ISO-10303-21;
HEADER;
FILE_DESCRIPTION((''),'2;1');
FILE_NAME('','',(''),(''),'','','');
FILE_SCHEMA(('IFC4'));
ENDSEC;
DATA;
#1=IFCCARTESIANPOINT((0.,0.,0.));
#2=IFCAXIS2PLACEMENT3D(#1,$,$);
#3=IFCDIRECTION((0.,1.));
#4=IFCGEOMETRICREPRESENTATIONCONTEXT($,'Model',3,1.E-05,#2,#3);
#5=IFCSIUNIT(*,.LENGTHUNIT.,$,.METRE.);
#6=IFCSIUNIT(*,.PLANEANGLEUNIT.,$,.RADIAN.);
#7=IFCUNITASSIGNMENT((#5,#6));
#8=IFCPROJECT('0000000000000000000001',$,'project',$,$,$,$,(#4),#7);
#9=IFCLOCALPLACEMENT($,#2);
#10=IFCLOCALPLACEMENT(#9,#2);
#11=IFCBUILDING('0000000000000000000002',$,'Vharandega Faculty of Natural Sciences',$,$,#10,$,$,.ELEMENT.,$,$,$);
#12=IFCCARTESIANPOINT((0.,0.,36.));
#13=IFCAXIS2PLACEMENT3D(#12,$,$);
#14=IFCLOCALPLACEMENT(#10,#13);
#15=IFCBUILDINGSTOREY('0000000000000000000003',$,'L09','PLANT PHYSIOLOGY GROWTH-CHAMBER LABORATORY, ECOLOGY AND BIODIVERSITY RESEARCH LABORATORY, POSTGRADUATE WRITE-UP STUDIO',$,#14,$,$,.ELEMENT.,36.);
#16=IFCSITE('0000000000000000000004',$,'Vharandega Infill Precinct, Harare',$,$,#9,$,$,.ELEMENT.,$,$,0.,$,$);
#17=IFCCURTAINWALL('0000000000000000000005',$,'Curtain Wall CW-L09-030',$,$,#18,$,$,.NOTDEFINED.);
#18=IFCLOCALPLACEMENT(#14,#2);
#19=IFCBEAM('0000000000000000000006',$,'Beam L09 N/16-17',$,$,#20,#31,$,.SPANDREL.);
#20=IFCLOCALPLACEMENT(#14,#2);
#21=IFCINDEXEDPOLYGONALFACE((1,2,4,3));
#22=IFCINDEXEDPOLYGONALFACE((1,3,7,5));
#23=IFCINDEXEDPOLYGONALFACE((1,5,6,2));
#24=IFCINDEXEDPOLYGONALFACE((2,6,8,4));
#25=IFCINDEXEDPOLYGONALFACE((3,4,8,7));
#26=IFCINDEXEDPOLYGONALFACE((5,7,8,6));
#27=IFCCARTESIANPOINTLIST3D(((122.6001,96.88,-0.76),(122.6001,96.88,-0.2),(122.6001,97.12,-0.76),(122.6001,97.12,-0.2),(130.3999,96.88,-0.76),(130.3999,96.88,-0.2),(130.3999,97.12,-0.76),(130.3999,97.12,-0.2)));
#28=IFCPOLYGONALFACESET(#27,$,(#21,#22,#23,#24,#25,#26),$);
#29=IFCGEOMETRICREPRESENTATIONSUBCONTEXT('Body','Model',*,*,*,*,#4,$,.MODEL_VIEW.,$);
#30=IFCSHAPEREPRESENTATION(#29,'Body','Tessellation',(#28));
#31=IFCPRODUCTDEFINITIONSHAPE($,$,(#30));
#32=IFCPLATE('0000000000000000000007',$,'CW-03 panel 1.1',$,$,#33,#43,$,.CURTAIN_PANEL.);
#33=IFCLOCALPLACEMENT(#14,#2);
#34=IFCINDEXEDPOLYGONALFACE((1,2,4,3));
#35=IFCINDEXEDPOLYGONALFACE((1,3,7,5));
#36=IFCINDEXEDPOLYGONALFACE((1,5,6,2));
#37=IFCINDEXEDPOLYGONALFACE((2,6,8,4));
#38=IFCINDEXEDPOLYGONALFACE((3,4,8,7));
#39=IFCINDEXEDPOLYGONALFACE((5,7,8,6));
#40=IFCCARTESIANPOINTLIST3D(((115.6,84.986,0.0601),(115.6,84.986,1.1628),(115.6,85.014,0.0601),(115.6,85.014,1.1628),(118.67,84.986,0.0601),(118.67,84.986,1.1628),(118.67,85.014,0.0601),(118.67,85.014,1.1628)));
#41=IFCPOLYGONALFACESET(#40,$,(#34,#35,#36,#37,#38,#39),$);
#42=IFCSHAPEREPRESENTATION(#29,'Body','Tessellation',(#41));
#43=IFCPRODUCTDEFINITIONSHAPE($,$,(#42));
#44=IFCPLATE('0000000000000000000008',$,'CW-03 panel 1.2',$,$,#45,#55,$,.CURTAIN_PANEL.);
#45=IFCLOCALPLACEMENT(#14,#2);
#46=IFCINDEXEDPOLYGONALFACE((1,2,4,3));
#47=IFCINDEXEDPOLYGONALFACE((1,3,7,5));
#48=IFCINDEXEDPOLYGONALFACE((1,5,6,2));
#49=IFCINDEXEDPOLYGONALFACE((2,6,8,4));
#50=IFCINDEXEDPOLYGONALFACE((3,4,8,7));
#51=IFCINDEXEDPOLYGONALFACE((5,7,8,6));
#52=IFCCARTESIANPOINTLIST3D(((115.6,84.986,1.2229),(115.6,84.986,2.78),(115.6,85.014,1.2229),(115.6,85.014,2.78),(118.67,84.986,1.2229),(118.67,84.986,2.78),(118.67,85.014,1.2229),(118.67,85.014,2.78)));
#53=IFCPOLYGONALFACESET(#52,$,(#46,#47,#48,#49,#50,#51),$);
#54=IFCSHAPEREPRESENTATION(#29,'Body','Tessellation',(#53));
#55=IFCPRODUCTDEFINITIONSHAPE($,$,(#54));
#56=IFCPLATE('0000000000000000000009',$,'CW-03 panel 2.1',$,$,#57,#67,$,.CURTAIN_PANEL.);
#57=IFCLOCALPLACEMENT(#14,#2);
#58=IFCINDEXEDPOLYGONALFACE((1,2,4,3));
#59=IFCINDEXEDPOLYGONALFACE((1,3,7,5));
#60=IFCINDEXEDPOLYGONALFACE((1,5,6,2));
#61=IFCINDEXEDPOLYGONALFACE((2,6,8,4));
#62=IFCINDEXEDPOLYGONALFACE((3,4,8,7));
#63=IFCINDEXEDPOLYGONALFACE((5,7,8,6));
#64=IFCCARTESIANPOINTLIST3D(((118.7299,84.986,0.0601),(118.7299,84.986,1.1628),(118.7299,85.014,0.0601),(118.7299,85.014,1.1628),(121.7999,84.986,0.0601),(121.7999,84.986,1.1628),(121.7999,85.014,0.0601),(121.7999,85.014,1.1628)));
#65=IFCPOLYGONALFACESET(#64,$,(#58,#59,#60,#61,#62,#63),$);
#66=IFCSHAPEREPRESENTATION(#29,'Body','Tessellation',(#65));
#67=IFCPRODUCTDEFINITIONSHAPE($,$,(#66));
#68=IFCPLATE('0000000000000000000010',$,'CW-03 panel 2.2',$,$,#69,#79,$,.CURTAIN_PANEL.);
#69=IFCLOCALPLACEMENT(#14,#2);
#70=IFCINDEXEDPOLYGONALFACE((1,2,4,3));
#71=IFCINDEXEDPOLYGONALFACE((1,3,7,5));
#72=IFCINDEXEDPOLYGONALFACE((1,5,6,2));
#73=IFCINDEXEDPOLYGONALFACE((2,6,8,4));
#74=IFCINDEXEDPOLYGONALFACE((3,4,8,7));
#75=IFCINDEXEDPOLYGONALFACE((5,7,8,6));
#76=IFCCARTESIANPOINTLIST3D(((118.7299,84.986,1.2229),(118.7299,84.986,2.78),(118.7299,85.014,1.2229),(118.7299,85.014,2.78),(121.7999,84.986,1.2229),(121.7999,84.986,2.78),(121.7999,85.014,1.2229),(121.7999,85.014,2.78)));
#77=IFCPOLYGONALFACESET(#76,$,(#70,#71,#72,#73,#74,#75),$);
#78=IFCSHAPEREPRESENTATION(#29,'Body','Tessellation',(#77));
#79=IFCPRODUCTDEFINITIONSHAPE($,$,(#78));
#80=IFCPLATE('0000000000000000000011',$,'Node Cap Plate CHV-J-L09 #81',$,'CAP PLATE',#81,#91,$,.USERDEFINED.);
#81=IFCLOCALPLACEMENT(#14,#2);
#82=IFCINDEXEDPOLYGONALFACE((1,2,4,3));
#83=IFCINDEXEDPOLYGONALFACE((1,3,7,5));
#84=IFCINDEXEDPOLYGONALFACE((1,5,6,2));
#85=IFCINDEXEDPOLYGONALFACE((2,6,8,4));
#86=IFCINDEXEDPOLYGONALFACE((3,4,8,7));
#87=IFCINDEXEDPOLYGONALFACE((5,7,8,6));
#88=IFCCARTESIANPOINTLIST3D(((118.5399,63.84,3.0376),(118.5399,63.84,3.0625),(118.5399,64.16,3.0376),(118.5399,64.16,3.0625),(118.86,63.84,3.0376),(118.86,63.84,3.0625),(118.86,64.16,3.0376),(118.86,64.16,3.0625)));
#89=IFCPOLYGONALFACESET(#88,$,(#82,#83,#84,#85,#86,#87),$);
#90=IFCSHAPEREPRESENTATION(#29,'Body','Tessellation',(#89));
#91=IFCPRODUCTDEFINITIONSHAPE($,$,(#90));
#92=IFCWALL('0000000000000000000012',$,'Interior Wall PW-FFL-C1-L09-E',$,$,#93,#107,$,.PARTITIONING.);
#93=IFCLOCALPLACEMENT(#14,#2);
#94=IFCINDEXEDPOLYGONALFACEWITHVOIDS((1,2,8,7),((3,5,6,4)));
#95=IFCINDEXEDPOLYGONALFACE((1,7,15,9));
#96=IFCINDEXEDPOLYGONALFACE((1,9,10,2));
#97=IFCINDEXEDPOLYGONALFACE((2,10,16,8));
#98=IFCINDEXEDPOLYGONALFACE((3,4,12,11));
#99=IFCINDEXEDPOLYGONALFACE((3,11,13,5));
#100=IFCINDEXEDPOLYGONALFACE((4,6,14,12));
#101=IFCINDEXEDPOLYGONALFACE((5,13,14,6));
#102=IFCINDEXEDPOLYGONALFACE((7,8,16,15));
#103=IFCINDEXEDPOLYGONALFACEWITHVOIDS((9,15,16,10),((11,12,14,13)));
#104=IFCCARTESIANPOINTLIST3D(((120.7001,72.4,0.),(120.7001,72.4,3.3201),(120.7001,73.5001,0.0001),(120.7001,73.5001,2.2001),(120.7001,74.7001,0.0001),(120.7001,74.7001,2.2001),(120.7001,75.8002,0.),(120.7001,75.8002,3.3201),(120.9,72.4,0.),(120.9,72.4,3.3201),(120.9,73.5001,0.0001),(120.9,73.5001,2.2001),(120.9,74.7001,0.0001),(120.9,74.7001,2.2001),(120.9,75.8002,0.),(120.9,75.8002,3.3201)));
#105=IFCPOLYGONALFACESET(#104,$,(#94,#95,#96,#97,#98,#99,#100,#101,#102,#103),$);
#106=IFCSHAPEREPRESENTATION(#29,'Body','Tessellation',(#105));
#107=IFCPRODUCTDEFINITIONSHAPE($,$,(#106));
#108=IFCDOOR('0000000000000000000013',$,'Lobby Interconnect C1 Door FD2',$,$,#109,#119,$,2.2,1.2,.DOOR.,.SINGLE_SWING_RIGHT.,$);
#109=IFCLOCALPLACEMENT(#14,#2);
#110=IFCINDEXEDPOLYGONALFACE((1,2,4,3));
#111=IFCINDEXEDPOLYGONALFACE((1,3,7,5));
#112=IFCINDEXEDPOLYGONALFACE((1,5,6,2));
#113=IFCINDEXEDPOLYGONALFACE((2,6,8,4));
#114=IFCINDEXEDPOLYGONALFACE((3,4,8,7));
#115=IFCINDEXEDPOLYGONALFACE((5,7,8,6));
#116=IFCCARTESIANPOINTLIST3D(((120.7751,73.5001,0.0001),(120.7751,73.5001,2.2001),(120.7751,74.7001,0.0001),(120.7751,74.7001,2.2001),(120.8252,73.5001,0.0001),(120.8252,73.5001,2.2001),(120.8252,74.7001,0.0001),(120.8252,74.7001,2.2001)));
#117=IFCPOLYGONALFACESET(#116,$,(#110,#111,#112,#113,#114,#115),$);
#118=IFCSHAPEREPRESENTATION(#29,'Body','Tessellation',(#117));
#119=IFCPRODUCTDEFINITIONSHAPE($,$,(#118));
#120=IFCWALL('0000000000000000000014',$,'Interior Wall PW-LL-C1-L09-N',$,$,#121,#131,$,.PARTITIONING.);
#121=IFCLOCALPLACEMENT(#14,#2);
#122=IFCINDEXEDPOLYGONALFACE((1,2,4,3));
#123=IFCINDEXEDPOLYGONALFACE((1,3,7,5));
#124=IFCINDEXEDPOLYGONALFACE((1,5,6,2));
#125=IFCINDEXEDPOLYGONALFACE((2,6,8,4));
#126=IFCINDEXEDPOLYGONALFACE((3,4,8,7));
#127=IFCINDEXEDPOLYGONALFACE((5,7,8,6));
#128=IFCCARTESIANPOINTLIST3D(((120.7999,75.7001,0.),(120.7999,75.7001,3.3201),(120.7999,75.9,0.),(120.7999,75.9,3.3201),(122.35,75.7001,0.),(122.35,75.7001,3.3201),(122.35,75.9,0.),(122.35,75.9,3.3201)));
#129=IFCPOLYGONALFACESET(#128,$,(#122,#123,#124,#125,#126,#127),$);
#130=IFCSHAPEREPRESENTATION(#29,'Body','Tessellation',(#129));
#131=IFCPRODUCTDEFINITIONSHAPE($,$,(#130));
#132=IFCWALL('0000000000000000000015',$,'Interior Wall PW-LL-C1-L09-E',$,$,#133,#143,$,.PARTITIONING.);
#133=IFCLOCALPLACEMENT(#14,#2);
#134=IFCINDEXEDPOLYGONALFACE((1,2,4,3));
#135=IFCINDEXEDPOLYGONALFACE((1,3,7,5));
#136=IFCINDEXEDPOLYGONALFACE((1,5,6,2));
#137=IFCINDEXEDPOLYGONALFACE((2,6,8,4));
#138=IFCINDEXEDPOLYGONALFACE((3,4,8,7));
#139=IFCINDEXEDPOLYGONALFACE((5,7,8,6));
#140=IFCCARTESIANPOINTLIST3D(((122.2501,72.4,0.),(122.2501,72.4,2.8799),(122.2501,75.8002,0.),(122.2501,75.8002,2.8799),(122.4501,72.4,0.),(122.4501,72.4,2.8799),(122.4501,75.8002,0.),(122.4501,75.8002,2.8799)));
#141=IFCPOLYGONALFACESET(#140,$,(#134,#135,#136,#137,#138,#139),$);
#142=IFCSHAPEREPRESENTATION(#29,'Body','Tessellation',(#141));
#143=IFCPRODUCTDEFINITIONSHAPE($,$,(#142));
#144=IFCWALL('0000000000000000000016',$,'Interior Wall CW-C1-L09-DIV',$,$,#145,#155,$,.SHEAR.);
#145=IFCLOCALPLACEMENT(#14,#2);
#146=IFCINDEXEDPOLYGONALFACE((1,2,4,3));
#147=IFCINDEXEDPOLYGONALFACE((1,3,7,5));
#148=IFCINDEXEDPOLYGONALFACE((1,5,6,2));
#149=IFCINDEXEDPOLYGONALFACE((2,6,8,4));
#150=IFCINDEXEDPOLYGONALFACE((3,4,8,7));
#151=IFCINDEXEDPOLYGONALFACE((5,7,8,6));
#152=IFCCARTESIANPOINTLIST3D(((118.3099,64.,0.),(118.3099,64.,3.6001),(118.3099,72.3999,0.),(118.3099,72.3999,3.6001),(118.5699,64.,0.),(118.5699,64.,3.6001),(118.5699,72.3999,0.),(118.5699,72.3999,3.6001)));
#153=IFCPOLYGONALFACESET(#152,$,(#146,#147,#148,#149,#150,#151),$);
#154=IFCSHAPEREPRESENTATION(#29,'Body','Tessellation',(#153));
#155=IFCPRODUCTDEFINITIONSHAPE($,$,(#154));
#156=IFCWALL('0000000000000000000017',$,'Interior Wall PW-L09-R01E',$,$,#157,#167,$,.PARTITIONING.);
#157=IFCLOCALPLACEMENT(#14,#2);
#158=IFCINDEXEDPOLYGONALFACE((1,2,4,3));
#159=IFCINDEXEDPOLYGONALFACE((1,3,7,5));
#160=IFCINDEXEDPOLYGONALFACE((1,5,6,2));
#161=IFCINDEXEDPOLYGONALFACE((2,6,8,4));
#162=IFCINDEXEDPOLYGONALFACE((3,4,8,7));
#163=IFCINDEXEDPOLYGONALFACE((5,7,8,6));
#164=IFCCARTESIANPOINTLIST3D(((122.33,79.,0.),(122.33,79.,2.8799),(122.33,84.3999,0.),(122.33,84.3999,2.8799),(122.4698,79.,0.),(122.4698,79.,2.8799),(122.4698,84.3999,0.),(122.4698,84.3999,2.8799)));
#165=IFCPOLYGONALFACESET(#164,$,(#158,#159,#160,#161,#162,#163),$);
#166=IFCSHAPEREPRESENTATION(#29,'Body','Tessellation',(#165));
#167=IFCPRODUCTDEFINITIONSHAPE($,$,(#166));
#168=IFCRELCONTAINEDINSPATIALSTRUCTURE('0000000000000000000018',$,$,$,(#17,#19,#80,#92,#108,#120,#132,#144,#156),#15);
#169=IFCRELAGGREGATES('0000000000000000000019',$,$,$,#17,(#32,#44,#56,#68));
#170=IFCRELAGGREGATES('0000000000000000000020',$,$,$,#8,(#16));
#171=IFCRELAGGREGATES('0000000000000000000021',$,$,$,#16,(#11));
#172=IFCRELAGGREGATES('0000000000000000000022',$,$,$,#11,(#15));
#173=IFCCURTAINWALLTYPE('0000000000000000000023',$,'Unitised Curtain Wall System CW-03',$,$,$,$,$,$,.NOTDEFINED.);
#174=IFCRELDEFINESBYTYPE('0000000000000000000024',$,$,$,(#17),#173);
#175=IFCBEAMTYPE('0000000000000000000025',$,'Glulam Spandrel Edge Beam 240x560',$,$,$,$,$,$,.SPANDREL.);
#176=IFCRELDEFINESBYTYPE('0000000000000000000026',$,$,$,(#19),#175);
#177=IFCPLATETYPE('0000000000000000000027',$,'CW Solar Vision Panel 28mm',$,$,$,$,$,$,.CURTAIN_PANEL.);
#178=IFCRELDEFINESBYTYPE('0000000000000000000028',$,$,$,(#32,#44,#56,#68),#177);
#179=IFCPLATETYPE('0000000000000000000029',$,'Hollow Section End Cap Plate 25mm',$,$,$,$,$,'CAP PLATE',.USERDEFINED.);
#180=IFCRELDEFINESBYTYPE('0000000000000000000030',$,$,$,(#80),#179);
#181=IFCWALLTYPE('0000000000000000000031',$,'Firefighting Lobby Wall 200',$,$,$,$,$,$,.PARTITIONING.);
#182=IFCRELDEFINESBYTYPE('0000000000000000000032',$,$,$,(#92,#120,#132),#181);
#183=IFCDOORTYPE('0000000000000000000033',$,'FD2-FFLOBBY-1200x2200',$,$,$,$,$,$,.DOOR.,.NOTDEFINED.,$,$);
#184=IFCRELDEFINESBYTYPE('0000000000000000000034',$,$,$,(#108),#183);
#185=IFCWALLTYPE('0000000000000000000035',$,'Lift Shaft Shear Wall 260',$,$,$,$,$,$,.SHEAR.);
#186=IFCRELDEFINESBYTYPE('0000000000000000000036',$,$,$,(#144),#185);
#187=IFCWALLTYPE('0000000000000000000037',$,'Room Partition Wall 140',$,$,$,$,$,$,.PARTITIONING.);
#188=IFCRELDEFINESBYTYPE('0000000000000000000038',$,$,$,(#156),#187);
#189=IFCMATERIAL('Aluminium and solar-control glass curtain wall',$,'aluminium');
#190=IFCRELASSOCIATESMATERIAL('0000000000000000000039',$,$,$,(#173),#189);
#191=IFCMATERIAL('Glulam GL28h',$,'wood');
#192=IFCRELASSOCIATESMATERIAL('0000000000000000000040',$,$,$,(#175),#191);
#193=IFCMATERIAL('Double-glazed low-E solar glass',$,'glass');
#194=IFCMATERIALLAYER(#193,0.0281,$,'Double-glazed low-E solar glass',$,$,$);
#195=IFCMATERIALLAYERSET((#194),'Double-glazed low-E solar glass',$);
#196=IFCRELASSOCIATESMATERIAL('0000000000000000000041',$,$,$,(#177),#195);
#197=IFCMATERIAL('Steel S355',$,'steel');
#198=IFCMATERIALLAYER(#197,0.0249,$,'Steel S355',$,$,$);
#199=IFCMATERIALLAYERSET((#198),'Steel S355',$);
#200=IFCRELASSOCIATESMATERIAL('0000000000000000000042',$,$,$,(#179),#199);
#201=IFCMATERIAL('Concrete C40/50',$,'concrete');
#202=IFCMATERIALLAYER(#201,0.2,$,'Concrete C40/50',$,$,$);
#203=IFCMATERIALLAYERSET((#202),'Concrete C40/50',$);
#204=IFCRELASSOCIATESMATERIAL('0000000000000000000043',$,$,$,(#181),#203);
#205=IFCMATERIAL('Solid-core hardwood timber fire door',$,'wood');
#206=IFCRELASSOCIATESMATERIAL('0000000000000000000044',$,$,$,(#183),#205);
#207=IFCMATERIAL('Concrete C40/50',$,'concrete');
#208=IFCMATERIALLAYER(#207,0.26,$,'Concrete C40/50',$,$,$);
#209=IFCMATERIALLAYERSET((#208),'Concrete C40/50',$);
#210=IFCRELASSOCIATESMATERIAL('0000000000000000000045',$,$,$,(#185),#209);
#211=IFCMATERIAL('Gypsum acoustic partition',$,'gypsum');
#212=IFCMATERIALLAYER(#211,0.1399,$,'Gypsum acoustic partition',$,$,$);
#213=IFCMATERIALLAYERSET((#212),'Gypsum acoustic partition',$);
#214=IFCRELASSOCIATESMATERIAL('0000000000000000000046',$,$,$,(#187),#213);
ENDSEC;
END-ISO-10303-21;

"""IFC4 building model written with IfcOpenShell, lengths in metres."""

from ifc_helpers import new_model, si_unit, direction, frame, frame_2d, origin, origin_2d, place, context, subcontext, project, spatial, rectangle, extrude, material, layer, layer_set, material_profile, profile_set, type_object, element, fill, aggregate, save


model = new_model("IFC4")

# Units and contexts
model_context = context("Model", 3, precision=1e-05, world=origin(), true_north=direction((0.0, 1.0)))
body_context = subcontext(model_context, "Body", "Model", "MODEL_VIEW")
ifc_project = project(units=[si_unit("LENGTHUNIT", "METRE"), si_unit("PLANEANGLEUNIT", "RADIAN")], contexts=[model_context])

# Site, building, storey
site_placement = place(None, origin())
site = spatial("IfcSite", under=ifc_project, at=site_placement, Name="Vharandega Infill Precinct, Harare", CompositionType="ELEMENT", RefElevation=0.0)
building_placement = place(site_placement, origin())
building = spatial("IfcBuilding", under=site, at=building_placement, Name="Vharandega Faculty of Natural Sciences", CompositionType="ELEMENT")
storey_placement = place(building_placement, frame((0.0, 0.0, 36.0)))
storey = spatial("IfcBuildingStorey", under=building, at=storey_placement, Name="L09", Description="PLANT PHYSIOLOGY GROWTH-CHAMBER LABORATORY, ECOLOGY AND BIODIVERSITY RESEARCH LABORATORY, POSTGRADUATE WRITE-UP STUDIO", CompositionType="ELEMENT", Elevation=36.0)

# Curtain wall
ifc_material_1 = material(Name="Aluminium and solar-control glass curtain wall", Category="aluminium")
curtain_wall_type = type_object("IfcCurtainWallType", Name="Unitised Curtain Wall System CW-03", PredefinedType="NOTDEFINED", material=ifc_material_1)
curtain_wall_placement = place(storey_placement, origin())
curtain_wall = element("IfcCurtainWall", 1, at=curtain_wall_placement, inside=storey, type_object=curtain_wall_type, Name="Curtain Wall CW-L09-030", PredefinedType="NOTDEFINED")

# Beam
ifc_material_2 = material(Name="Glulam GL28h", Category="wood")
ifc_material_profile_1 = material_profile(ifc_material_2, rectangle(XDim=0.24, YDim=0.5601, at=origin_2d()), Name="GL28h 240x560")
ifc_profile_set_1 = profile_set([ifc_material_profile_1], Name="Glulam GL28h")
beam_type_1 = type_object("IfcBeamType", Name="Glulam Spandrel Edge Beam 240x560", PredefinedType="SPANDREL", material=ifc_profile_set_1)
beam_1_placement = place(storey_placement, frame((122.6001, 97.0, -0.48), z_axis=(1.0, 0.0, 0.0), x_axis=(0.0, 1.0, 0.0)))
element("IfcBeam", 2, at=beam_1_placement, inside=storey, type_object=beam_type_1, Name="Beam L09 N/16-17", PredefinedType="SPANDREL", context=body_context, shape_type="SweptSolid", body=[
    extrude(rectangle(XDim=0.24, YDim=0.5601, at=origin_2d()), origin(), (0.0, 0.0, 1.0), 7.7998),
])

# Plates
ifc_material_3 = material(Name="Double-glazed low-E solar glass", Category="glass")
ifc_layer_1 = layer(ifc_material_3, 0.0281, Name="Double-glazed low-E solar glass")
ifc_layer_set_1 = layer_set([ifc_layer_1], Name="Double-glazed low-E solar glass")
plate_type_1 = type_object("IfcPlateType", Name="CW Solar Vision Panel 28mm", PredefinedType="CURTAIN_PANEL", material=ifc_layer_set_1)
plate_1_placement = place(storey_placement, frame((117.135, 85.0, 0.0601), z_axis=(0.0, 0.0, 1.0), x_axis=(1.0, 0.0, 0.0)))
plate_1 = element("IfcPlate", 3, at=plate_1_placement, type_object=plate_type_1, Name="CW-03 panel 1.1", PredefinedType="CURTAIN_PANEL", context=body_context, shape_type="SweptSolid", body=[
    extrude(rectangle(XDim=3.0701, YDim=0.0281, at=origin_2d()), origin(), (0.0, 0.0, 1.0), 1.1028),
])
plate_2_placement = place(storey_placement, frame((117.135, 85.0, 1.2229), z_axis=(0.0, 0.0, 1.0), x_axis=(1.0, 0.0, 0.0)))
plate_2 = element("IfcPlate", 4, at=plate_2_placement, type_object=plate_type_1, Name="CW-03 panel 1.2", PredefinedType="CURTAIN_PANEL", context=body_context, shape_type="SweptSolid", body=[
    extrude(rectangle(XDim=3.0701, YDim=0.0281, at=origin_2d()), origin(), (0.0, 0.0, 1.0), 1.5571),
])
plate_3_placement = place(storey_placement, frame((120.2649, 85.0, 0.0601), z_axis=(0.0, 0.0, 1.0), x_axis=(1.0, 0.0, 0.0)))
plate_3 = element("IfcPlate", 5, at=plate_3_placement, type_object=plate_type_1, Name="CW-03 panel 2.1", PredefinedType="CURTAIN_PANEL", context=body_context, shape_type="SweptSolid", body=[
    extrude(rectangle(XDim=3.0701, YDim=0.0281, at=origin_2d()), origin(), (0.0, 0.0, 1.0), 1.1028),
])
plate_4_placement = place(storey_placement, frame((120.2649, 85.0, 1.2229), z_axis=(0.0, 0.0, 1.0), x_axis=(1.0, 0.0, 0.0)))
plate_4 = element("IfcPlate", 6, at=plate_4_placement, type_object=plate_type_1, Name="CW-03 panel 2.2", PredefinedType="CURTAIN_PANEL", context=body_context, shape_type="SweptSolid", body=[
    extrude(rectangle(XDim=3.0701, YDim=0.0281, at=origin_2d()), origin(), (0.0, 0.0, 1.0), 1.5571),
])
aggregate(curtain_wall, [plate_1, plate_2, plate_3, plate_4])
ifc_material_4 = material(Name="Steel S355", Category="steel")
ifc_layer_2 = layer(ifc_material_4, 0.0249, Name="Steel S355")
ifc_layer_set_2 = layer_set([ifc_layer_2], Name="Steel S355")
plate_type_2 = type_object("IfcPlateType", Name="Hollow Section End Cap Plate 25mm", ElementType="CAP PLATE", PredefinedType="USERDEFINED", material=ifc_layer_set_2)
plate_5_placement = place(storey_placement, frame((118.7, 64.0, 3.0376), z_axis=(0.0, 0.0, 1.0), x_axis=(1.0, 0.0, 0.0)))
element("IfcPlate", 7, at=plate_5_placement, inside=storey, type_object=plate_type_2, Name="Node Cap Plate CHV-J-L09 #81", ObjectType="CAP PLATE", PredefinedType="USERDEFINED", context=body_context, shape_type="SweptSolid", body=[
    extrude(rectangle(XDim=0.3201, YDim=0.3201, at=origin_2d()), origin(), (0.0, 0.0, 1.0), 0.0249),
])

# Wall, opening, door
ifc_material_5 = material(Name="Concrete C40/50", Category="concrete")
ifc_layer_3 = layer(ifc_material_5, 0.2, Name="Concrete C40/50")
ifc_layer_set_3 = layer_set([ifc_layer_3], Name="Concrete C40/50")
wall_type_1 = type_object("IfcWallType", Name="Firefighting Lobby Wall 200", PredefinedType="PARTITIONING", material=ifc_layer_set_3)
wall_1_placement = place(storey_placement, frame((120.8, 72.3999, 0.0), z_axis=(0.0, 0.0, 1.0), x_axis=(0.0, 1.0, 0.0)))
wall_1 = element("IfcWall", 8, at=wall_1_placement, inside=storey, type_object=wall_type_1, Name="Interior Wall PW-FFL-C1-L09-E", PredefinedType="PARTITIONING", context=body_context, shape_type="SweptSolid", body=[
    extrude(rectangle(XDim=3.4001, YDim=0.2, at=frame_2d((1.7002, 0.0))), origin(), (0.0, 0.0, 1.0), 3.3201),
])
opening_placement = place(wall_1_placement, frame((1.1001, 0.0, 0.0)))
opening = element("IfcOpeningElement", 9, at=opening_placement, cuts=wall_1, PredefinedType="OPENING", context=body_context, shape_type="SweptSolid", body=[
    extrude(rectangle(XDim=1.2, YDim=2.2, at=frame_2d((0.6001, 1.1001))), frame((0.0, 0.1099, 0.0), z_axis=(0.0, -1.0, 0.0), x_axis=(1.0, 0.0, 0.0)), (0.0, 0.0, 1.0), 0.22),
])
ifc_material_6 = material(Name="Solid-core hardwood timber fire door", Category="wood")
door_type = type_object("IfcDoorType", Name="FD2-FFLOBBY-1200x2200", OperationType="NOTDEFINED", PredefinedType="DOOR", material=ifc_material_6)
door_placement = place(opening_placement, origin())
door = element("IfcDoor", 10, at=door_placement, inside=storey, type_object=door_type, Name="Lobby Interconnect C1 Door FD2", OperationType="SINGLE_SWING_RIGHT", OverallHeight=2.2, OverallWidth=1.2, PredefinedType="DOOR", context=body_context, shape_type="SweptSolid", body=[
    extrude(rectangle(XDim=1.2, YDim=2.2, at=frame_2d((0.6001, 1.1001))), frame((0.0, 0.0249, 0.0), z_axis=(0.0, -1.0, 0.0), x_axis=(1.0, 0.0, 0.0)), (0.0, 0.0, 1.0), 0.05),
])
fill(opening, door)

# Walls
wall_2_placement = place(storey_placement, frame((120.8, 75.8, 0.0), z_axis=(0.0, 0.0, 1.0), x_axis=(1.0, 0.0, 0.0)))
element("IfcWall", 11, at=wall_2_placement, inside=storey, type_object=wall_type_1, Name="Interior Wall PW-LL-C1-L09-N", PredefinedType="PARTITIONING", context=body_context, shape_type="SweptSolid", body=[
    extrude(rectangle(XDim=1.55, YDim=0.2, at=frame_2d((0.7749, 0.0))), origin(), (0.0, 0.0, 1.0), 3.3201),
])
wall_3_placement = place(storey_placement, frame((122.3501, 72.3999, 0.0), z_axis=(0.0, 0.0, 1.0), x_axis=(0.0, 1.0, 0.0)))
element("IfcWall", 12, at=wall_3_placement, inside=storey, type_object=wall_type_1, Name="Interior Wall PW-LL-C1-L09-E", PredefinedType="PARTITIONING", context=body_context, shape_type="SweptSolid", body=[
    extrude(rectangle(XDim=3.4001, YDim=0.2, at=frame_2d((1.7002, 0.0))), origin(), (0.0, 0.0, 1.0), 2.8799),
])
ifc_material_7 = material(Name="Concrete C40/50", Category="concrete")
ifc_layer_4 = layer(ifc_material_7, 0.26, Name="Concrete C40/50")
ifc_layer_set_4 = layer_set([ifc_layer_4], Name="Concrete C40/50")
wall_type_2 = type_object("IfcWallType", Name="Lift Shaft Shear Wall 260", PredefinedType="SHEAR", material=ifc_layer_set_4)
wall_4_placement = place(storey_placement, frame((118.4399, 64.0, 0.0), z_axis=(0.0, 0.0, 1.0), x_axis=(0.0, 1.0, 0.0)))
element("IfcWall", 13, at=wall_4_placement, inside=storey, type_object=wall_type_2, Name="Interior Wall CW-C1-L09-DIV", PredefinedType="SHEAR", context=body_context, shape_type="SweptSolid", body=[
    extrude(rectangle(XDim=8.3999, YDim=0.26, at=frame_2d((4.2, 0.0))), origin(), (0.0, 0.0, 1.0), 3.6001),
])
ifc_material_8 = material(Name="Gypsum acoustic partition", Category="gypsum")
ifc_layer_5 = layer(ifc_material_8, 0.1399, Name="Gypsum acoustic partition")
ifc_layer_set_5 = layer_set([ifc_layer_5], Name="Gypsum acoustic partition")
wall_type_3 = type_object("IfcWallType", Name="Room Partition Wall 140", PredefinedType="PARTITIONING", material=ifc_layer_set_5)
wall_5_placement = place(storey_placement, frame((122.3999, 79.0, 0.0), z_axis=(0.0, 0.0, 1.0), x_axis=(0.0, 1.0, 0.0)))
element("IfcWall", 14, at=wall_5_placement, inside=storey, type_object=wall_type_3, Name="Interior Wall PW-L09-R01E", PredefinedType="PARTITIONING", context=body_context, shape_type="SweptSolid", body=[
    extrude(rectangle(XDim=5.3999, YDim=0.1399, at=frame_2d((2.7, 0.0))), origin(), (0.0, 0.0, 1.0), 2.8799),
])

save(model, "model.ifc")
